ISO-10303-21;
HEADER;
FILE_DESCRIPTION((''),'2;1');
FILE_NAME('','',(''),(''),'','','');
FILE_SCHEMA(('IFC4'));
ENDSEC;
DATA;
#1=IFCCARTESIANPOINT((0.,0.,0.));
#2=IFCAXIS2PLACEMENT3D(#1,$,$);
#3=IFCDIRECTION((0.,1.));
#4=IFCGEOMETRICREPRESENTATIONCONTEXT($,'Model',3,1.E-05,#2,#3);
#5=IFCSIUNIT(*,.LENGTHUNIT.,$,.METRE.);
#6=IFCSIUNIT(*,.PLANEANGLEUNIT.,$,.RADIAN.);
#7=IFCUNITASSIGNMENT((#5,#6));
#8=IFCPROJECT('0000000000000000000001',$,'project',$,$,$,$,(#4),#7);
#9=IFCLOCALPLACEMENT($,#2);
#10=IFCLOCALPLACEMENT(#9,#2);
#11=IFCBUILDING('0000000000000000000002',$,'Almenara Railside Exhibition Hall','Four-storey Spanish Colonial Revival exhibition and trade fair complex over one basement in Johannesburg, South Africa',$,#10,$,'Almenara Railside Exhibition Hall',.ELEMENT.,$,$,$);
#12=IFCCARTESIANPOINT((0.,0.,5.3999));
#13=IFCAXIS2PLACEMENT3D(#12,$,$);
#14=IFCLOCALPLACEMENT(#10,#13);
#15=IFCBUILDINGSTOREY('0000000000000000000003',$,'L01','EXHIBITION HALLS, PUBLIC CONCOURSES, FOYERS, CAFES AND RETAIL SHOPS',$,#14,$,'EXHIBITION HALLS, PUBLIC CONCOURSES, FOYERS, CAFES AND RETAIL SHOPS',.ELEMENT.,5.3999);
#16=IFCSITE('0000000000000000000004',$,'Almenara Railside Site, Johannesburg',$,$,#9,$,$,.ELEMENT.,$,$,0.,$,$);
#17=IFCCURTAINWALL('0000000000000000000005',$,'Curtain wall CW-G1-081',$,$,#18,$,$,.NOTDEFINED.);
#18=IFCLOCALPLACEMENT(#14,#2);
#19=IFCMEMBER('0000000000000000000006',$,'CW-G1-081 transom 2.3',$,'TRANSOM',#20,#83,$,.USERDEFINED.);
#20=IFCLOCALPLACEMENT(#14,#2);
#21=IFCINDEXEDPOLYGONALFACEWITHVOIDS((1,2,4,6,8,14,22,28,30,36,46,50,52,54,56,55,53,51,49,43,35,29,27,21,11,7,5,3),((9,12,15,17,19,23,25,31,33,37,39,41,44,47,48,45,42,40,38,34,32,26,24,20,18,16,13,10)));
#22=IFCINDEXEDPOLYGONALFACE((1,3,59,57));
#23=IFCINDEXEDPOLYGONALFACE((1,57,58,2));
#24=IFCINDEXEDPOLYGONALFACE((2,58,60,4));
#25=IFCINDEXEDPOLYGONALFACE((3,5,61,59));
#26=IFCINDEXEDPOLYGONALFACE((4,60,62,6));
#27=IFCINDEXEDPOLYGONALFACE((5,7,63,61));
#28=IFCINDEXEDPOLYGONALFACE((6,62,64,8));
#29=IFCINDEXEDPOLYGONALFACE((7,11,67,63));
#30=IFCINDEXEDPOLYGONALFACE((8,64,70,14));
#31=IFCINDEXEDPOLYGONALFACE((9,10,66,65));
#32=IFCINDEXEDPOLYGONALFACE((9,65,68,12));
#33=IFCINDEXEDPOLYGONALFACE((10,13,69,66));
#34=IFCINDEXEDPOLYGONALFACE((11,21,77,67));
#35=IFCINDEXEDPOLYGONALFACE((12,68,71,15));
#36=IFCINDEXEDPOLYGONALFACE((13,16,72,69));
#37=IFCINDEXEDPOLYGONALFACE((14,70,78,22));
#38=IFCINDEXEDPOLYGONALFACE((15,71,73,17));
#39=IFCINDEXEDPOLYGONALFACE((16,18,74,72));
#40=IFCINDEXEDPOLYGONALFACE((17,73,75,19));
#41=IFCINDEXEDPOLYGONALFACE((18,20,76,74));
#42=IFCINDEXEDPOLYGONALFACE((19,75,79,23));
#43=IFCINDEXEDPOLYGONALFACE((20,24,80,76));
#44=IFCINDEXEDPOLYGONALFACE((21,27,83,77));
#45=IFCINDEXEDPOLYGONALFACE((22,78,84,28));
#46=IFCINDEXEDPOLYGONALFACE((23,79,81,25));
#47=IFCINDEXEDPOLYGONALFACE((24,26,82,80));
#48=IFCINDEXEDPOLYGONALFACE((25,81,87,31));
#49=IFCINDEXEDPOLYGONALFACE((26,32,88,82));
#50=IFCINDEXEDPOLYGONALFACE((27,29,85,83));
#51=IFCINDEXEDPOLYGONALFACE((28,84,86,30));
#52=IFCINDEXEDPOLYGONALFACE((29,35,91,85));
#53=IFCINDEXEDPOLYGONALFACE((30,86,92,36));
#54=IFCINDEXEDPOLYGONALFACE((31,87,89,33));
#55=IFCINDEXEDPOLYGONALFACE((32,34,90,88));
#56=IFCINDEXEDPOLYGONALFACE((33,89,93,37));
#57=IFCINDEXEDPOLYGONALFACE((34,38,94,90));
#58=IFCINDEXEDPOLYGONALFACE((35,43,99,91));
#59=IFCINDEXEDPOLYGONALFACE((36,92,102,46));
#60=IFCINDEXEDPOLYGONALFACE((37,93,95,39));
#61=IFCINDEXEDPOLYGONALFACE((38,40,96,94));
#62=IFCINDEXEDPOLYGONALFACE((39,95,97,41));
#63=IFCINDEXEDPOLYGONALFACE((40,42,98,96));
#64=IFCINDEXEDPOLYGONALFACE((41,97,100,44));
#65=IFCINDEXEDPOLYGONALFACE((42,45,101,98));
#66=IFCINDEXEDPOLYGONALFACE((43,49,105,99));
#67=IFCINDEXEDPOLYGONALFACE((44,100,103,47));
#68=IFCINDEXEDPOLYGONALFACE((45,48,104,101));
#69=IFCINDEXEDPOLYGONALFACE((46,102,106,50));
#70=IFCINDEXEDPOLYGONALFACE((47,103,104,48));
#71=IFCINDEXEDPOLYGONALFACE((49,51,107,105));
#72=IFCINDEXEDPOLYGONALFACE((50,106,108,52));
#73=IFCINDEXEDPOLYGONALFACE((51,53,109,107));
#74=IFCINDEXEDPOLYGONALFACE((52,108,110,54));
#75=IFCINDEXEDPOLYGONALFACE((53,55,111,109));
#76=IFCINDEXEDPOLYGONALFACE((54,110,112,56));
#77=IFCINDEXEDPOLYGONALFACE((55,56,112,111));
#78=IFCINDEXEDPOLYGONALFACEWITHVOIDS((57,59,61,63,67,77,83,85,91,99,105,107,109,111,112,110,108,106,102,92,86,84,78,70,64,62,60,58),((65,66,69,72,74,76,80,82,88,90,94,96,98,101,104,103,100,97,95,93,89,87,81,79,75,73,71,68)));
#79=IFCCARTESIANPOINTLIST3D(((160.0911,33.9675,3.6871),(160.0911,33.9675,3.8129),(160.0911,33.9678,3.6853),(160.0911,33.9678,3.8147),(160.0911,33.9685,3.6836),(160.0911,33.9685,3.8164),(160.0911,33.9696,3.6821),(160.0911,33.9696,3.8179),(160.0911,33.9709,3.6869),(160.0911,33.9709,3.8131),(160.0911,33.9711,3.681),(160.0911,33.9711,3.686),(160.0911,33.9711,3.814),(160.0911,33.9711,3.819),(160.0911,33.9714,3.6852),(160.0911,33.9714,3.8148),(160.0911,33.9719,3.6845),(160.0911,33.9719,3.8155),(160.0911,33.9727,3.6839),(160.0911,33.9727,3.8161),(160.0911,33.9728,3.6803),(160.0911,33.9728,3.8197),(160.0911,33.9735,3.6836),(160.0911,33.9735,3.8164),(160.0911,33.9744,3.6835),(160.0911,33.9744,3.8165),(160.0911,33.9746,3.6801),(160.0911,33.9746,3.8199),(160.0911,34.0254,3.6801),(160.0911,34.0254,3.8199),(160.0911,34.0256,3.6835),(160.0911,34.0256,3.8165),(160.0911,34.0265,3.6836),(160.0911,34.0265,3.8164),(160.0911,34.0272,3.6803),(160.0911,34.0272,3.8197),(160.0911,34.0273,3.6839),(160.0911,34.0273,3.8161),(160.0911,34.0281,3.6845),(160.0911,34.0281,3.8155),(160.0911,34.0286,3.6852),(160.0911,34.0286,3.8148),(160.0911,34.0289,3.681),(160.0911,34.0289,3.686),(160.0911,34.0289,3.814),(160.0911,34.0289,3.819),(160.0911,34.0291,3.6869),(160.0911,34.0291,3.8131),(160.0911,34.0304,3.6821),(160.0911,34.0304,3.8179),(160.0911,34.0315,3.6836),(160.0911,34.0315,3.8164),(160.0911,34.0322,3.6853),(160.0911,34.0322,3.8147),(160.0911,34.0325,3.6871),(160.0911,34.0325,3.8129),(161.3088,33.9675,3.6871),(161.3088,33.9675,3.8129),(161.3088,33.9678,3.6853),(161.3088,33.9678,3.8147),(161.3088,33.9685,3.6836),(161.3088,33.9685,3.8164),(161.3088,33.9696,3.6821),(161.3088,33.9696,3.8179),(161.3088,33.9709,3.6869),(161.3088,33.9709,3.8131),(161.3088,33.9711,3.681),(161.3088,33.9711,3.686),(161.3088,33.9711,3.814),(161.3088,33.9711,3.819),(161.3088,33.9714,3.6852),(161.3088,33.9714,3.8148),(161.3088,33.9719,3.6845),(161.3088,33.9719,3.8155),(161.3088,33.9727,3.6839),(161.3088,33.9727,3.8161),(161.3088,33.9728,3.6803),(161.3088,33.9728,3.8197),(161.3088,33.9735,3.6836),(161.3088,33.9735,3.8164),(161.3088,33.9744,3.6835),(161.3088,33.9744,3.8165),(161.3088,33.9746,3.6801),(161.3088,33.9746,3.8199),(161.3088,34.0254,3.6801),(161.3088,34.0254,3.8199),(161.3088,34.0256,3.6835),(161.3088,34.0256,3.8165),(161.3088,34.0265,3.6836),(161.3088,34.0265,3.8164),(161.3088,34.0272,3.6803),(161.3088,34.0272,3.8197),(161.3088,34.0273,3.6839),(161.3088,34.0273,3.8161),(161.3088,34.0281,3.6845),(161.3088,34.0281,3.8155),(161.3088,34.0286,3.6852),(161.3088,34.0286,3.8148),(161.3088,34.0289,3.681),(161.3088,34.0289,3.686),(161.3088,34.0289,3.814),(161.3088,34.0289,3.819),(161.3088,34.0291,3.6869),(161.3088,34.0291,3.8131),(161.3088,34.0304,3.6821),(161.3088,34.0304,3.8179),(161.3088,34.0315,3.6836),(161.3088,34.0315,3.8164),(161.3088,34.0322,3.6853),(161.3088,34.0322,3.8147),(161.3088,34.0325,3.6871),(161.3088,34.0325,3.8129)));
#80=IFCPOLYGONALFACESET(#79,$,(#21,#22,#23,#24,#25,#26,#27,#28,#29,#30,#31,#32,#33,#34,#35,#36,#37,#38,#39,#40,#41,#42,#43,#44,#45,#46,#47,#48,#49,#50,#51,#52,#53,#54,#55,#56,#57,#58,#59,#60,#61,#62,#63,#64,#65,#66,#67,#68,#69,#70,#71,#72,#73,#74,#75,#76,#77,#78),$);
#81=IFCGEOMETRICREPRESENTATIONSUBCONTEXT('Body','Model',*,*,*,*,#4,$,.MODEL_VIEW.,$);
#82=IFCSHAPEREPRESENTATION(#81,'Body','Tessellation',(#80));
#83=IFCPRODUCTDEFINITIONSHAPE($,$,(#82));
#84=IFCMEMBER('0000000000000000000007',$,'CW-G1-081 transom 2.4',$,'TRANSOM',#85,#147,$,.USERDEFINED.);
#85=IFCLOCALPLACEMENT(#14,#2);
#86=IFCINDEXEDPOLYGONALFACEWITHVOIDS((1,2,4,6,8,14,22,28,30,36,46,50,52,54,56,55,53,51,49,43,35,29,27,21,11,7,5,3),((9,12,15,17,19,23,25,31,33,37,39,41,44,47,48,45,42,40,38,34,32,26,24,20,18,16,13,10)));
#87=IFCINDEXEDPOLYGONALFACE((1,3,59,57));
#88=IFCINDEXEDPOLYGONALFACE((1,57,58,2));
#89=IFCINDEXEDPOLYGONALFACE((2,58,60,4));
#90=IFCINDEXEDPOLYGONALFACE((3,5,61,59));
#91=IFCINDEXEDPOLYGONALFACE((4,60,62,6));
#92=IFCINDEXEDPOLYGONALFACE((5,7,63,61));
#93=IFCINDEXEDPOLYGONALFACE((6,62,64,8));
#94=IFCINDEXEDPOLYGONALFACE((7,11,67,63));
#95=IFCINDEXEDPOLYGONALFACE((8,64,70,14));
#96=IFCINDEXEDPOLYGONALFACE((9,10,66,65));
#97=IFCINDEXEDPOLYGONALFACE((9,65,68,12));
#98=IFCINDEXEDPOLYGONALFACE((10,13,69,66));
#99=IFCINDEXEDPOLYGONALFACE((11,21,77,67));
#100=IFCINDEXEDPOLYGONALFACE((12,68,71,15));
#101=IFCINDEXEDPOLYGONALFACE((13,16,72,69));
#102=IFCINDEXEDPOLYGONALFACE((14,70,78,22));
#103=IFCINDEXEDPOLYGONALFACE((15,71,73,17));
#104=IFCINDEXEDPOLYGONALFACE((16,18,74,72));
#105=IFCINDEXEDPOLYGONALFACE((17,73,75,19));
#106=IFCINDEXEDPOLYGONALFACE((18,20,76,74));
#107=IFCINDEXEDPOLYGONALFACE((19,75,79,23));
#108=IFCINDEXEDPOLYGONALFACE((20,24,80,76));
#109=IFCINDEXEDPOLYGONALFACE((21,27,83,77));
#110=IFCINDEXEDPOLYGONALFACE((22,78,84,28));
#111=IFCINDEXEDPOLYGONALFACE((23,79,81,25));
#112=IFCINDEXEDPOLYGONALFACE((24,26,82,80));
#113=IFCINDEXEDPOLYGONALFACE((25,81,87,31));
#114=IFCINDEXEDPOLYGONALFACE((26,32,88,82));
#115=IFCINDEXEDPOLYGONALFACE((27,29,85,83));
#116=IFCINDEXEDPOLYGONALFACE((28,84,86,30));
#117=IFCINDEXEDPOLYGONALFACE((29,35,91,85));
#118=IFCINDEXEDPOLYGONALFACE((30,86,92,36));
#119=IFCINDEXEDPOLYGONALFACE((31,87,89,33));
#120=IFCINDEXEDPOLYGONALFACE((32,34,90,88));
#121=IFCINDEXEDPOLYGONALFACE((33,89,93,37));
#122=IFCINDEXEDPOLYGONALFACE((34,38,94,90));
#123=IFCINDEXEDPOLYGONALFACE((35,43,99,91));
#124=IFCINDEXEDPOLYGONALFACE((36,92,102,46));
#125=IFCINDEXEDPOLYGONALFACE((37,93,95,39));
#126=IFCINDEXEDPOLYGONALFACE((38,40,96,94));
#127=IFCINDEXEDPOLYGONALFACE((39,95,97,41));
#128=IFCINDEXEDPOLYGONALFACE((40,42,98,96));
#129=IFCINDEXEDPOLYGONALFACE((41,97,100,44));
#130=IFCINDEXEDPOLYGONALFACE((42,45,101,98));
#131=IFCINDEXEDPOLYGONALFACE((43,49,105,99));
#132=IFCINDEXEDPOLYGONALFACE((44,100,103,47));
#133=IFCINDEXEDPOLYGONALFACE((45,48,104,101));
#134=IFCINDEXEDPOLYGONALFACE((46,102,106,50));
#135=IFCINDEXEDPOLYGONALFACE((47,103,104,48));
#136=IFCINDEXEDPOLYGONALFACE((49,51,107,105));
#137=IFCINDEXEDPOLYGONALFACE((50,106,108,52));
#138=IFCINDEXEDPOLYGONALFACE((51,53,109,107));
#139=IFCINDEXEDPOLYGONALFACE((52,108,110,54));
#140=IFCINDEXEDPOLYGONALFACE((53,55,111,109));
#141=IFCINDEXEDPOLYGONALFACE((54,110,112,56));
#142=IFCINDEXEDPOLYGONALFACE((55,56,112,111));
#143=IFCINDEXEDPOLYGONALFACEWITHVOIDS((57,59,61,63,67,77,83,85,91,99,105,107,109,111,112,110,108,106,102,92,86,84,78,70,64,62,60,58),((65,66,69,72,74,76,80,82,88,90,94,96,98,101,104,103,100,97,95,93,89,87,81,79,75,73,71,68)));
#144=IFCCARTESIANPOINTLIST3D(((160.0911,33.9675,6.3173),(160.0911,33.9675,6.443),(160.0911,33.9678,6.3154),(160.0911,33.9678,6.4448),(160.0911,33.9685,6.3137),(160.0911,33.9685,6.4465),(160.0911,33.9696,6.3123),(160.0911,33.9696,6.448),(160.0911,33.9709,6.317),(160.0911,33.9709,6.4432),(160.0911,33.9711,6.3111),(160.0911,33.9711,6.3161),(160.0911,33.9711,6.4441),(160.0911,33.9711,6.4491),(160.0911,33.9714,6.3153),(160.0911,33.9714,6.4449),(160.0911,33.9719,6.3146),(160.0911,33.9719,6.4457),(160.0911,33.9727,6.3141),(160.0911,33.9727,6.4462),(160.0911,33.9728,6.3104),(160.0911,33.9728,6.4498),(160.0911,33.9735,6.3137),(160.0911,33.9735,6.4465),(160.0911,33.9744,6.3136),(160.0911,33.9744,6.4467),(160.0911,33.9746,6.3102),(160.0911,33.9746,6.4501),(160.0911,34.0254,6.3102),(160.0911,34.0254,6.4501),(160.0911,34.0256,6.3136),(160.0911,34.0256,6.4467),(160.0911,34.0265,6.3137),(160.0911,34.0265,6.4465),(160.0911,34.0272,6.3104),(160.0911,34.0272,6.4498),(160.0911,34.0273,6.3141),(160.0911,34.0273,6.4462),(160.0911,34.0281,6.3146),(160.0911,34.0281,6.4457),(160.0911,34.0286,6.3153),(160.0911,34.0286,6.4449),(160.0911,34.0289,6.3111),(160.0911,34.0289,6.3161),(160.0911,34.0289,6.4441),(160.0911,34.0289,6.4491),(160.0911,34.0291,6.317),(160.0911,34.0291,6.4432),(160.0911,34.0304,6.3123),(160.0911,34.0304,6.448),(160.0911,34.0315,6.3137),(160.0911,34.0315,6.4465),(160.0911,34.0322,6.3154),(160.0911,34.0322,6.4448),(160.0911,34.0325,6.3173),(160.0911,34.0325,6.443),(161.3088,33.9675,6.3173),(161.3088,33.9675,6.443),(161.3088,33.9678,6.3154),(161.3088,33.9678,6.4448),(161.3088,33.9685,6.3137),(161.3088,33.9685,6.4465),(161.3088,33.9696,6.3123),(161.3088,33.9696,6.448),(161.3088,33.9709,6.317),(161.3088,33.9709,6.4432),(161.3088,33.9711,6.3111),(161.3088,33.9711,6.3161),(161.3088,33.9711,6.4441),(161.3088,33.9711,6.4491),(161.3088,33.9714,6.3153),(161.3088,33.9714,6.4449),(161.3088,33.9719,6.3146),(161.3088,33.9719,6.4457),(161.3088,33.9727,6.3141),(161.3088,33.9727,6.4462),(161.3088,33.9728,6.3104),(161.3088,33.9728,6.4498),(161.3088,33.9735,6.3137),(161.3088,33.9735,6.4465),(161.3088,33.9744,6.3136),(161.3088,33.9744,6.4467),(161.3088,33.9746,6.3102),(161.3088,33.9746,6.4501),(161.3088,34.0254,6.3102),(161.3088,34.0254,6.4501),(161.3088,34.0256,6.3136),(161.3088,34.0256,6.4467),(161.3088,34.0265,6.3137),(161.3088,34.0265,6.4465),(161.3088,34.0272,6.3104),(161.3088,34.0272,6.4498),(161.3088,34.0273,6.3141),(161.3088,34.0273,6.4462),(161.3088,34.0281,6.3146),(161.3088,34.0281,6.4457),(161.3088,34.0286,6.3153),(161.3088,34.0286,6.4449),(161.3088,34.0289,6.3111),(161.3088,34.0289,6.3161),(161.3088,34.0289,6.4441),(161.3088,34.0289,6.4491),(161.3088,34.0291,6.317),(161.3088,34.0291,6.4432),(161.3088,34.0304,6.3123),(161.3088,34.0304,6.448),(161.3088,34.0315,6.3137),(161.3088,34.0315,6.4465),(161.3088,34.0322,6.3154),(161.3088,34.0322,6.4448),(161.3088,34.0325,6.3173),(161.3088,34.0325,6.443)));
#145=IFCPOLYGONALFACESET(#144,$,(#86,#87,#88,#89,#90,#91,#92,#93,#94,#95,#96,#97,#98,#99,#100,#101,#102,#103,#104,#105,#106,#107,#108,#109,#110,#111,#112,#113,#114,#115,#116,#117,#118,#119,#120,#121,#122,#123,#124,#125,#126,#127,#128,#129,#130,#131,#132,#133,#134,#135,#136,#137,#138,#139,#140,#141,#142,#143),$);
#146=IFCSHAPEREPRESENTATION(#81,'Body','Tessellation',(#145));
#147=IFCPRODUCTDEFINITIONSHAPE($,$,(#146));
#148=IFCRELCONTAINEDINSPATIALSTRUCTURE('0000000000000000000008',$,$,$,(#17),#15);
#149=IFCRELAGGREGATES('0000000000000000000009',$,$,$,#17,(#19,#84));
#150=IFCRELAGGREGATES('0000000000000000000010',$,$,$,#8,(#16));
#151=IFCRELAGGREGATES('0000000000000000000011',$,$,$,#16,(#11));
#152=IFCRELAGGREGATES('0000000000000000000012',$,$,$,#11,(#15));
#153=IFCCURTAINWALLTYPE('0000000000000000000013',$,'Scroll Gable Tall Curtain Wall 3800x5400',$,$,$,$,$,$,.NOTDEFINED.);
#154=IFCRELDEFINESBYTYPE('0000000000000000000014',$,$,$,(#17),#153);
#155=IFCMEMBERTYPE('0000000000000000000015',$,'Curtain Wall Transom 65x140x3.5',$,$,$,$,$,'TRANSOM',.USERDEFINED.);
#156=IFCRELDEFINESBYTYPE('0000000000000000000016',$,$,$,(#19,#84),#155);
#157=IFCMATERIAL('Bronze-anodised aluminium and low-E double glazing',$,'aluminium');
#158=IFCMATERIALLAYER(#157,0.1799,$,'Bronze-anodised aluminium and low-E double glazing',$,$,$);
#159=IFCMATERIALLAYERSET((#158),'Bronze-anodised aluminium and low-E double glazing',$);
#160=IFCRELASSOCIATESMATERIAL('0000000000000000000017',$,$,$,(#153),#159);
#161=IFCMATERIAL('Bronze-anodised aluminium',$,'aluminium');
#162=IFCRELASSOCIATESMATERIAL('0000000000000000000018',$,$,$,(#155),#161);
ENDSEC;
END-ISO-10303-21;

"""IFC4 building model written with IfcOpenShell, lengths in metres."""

from ifc_helpers import new_model, si_unit, direction, frame, origin, origin_2d, place, context, subcontext, project, spatial, hollow_rectangle, extrude, material, layer, layer_set, material_profile, profile_set, type_object, element, aggregate, save


model = new_model("IFC4")

# Units and contexts
model_context = context("Model", 3, precision=1e-05, world=origin(), true_north=direction((0.0, 1.0)))
body_context = subcontext(model_context, "Body", "Model", "MODEL_VIEW")
ifc_project = project(units=[si_unit("LENGTHUNIT", "METRE"), si_unit("PLANEANGLEUNIT", "RADIAN")], contexts=[model_context])

# Site, building, storey
site_placement = place(None, origin())
site = spatial("IfcSite", under=ifc_project, at=site_placement, Name="Almenara Railside Site, Johannesburg", CompositionType="ELEMENT", RefElevation=0.0)
building_placement = place(site_placement, origin())
building = spatial("IfcBuilding", under=site, at=building_placement, Name="Almenara Railside Exhibition Hall", Description="Four-storey Spanish Colonial Revival exhibition and trade fair complex over one basement in Johannesburg, South Africa", LongName="Almenara Railside Exhibition Hall", CompositionType="ELEMENT")
storey_placement = place(building_placement, frame((0.0, 0.0, 5.3999)))
storey = spatial("IfcBuildingStorey", under=building, at=storey_placement, Name="L01", Description="EXHIBITION HALLS, PUBLIC CONCOURSES, FOYERS, CAFES AND RETAIL SHOPS", LongName="EXHIBITION HALLS, PUBLIC CONCOURSES, FOYERS, CAFES AND RETAIL SHOPS", CompositionType="ELEMENT", Elevation=5.3999)

# Shared definitions
ifc_material_1 = material(Name="Bronze-anodised aluminium and low-E double glazing", Category="aluminium")
ifc_layer_1 = layer(ifc_material_1, 0.1799, Name="Bronze-anodised aluminium and low-E double glazing")
ifc_layer_set_1 = layer_set([ifc_layer_1], Name="Bronze-anodised aluminium and low-E double glazing")
curtain_wall_type = type_object("IfcCurtainWallType", Name="Scroll Gable Tall Curtain Wall 3800x5400", PredefinedType="NOTDEFINED", material=ifc_layer_set_1)
ifc_material_2 = material(Name="Bronze-anodised aluminium", Category="aluminium")

# Curtain wall
curtain_wall_1_placement = place(storey_placement, origin())
curtain_wall_1 = element("IfcCurtainWall", 1, at=curtain_wall_1_placement, inside=storey, type_object=curtain_wall_type, Name="Curtain wall CW-G1-081", PredefinedType="NOTDEFINED")

# Members
ifc_material_profile_1 = material_profile(ifc_material_2, hollow_rectangle(XDim=0.0649, YDim=0.1399, WallThickness=0.0034, InnerFilletRadius=0.0034, OuterFilletRadius=0.0071, at=origin_2d()), Name="ALU-TRN 65x140x3.5")
ifc_profile_set_1 = profile_set([ifc_material_profile_1], Name="Bronze-anodised aluminium")
member_type_1 = type_object("IfcMemberType", Name="Curtain Wall Transom 65x140x3.5", ElementType="TRANSOM", PredefinedType="USERDEFINED", material=ifc_profile_set_1)
member_1_placement = place(storey_placement, frame((160.0911, 34.0, 3.75), z_axis=(1.0, 0.0, 0.0), x_axis=(0.0, 1.0, 0.0)))
member_1 = element("IfcMember", 2, at=member_1_placement, type_object=member_type_1, Name="CW-G1-081 transom 2.3", ObjectType="TRANSOM", PredefinedType="USERDEFINED", context=body_context, shape_type="SweptSolid", body=[
    extrude(hollow_rectangle(XDim=0.0649, YDim=0.1399, WallThickness=0.0034, InnerFilletRadius=0.0034, OuterFilletRadius=0.0071, at=origin_2d()), origin(), (0.0, 0.0, 1.0), 1.2178),
])
member_2_placement = place(storey_placement, frame((160.0911, 34.0, 6.3801), z_axis=(1.0, 0.0, 0.0), x_axis=(0.0, 1.0, 0.0)))
member_2 = element("IfcMember", 3, at=member_2_placement, type_object=member_type_1, Name="CW-G1-081 transom 2.4", ObjectType="TRANSOM", PredefinedType="USERDEFINED", context=body_context, shape_type="SweptSolid", body=[
    extrude(hollow_rectangle(XDim=0.0649, YDim=0.1399, WallThickness=0.0034, InnerFilletRadius=0.0034, OuterFilletRadius=0.0071, at=origin_2d()), origin(), (0.0, 0.0, 1.0), 1.2178),
])

aggregate(curtain_wall_1, [member_1, member_2])

save(model, "model.ifc")
